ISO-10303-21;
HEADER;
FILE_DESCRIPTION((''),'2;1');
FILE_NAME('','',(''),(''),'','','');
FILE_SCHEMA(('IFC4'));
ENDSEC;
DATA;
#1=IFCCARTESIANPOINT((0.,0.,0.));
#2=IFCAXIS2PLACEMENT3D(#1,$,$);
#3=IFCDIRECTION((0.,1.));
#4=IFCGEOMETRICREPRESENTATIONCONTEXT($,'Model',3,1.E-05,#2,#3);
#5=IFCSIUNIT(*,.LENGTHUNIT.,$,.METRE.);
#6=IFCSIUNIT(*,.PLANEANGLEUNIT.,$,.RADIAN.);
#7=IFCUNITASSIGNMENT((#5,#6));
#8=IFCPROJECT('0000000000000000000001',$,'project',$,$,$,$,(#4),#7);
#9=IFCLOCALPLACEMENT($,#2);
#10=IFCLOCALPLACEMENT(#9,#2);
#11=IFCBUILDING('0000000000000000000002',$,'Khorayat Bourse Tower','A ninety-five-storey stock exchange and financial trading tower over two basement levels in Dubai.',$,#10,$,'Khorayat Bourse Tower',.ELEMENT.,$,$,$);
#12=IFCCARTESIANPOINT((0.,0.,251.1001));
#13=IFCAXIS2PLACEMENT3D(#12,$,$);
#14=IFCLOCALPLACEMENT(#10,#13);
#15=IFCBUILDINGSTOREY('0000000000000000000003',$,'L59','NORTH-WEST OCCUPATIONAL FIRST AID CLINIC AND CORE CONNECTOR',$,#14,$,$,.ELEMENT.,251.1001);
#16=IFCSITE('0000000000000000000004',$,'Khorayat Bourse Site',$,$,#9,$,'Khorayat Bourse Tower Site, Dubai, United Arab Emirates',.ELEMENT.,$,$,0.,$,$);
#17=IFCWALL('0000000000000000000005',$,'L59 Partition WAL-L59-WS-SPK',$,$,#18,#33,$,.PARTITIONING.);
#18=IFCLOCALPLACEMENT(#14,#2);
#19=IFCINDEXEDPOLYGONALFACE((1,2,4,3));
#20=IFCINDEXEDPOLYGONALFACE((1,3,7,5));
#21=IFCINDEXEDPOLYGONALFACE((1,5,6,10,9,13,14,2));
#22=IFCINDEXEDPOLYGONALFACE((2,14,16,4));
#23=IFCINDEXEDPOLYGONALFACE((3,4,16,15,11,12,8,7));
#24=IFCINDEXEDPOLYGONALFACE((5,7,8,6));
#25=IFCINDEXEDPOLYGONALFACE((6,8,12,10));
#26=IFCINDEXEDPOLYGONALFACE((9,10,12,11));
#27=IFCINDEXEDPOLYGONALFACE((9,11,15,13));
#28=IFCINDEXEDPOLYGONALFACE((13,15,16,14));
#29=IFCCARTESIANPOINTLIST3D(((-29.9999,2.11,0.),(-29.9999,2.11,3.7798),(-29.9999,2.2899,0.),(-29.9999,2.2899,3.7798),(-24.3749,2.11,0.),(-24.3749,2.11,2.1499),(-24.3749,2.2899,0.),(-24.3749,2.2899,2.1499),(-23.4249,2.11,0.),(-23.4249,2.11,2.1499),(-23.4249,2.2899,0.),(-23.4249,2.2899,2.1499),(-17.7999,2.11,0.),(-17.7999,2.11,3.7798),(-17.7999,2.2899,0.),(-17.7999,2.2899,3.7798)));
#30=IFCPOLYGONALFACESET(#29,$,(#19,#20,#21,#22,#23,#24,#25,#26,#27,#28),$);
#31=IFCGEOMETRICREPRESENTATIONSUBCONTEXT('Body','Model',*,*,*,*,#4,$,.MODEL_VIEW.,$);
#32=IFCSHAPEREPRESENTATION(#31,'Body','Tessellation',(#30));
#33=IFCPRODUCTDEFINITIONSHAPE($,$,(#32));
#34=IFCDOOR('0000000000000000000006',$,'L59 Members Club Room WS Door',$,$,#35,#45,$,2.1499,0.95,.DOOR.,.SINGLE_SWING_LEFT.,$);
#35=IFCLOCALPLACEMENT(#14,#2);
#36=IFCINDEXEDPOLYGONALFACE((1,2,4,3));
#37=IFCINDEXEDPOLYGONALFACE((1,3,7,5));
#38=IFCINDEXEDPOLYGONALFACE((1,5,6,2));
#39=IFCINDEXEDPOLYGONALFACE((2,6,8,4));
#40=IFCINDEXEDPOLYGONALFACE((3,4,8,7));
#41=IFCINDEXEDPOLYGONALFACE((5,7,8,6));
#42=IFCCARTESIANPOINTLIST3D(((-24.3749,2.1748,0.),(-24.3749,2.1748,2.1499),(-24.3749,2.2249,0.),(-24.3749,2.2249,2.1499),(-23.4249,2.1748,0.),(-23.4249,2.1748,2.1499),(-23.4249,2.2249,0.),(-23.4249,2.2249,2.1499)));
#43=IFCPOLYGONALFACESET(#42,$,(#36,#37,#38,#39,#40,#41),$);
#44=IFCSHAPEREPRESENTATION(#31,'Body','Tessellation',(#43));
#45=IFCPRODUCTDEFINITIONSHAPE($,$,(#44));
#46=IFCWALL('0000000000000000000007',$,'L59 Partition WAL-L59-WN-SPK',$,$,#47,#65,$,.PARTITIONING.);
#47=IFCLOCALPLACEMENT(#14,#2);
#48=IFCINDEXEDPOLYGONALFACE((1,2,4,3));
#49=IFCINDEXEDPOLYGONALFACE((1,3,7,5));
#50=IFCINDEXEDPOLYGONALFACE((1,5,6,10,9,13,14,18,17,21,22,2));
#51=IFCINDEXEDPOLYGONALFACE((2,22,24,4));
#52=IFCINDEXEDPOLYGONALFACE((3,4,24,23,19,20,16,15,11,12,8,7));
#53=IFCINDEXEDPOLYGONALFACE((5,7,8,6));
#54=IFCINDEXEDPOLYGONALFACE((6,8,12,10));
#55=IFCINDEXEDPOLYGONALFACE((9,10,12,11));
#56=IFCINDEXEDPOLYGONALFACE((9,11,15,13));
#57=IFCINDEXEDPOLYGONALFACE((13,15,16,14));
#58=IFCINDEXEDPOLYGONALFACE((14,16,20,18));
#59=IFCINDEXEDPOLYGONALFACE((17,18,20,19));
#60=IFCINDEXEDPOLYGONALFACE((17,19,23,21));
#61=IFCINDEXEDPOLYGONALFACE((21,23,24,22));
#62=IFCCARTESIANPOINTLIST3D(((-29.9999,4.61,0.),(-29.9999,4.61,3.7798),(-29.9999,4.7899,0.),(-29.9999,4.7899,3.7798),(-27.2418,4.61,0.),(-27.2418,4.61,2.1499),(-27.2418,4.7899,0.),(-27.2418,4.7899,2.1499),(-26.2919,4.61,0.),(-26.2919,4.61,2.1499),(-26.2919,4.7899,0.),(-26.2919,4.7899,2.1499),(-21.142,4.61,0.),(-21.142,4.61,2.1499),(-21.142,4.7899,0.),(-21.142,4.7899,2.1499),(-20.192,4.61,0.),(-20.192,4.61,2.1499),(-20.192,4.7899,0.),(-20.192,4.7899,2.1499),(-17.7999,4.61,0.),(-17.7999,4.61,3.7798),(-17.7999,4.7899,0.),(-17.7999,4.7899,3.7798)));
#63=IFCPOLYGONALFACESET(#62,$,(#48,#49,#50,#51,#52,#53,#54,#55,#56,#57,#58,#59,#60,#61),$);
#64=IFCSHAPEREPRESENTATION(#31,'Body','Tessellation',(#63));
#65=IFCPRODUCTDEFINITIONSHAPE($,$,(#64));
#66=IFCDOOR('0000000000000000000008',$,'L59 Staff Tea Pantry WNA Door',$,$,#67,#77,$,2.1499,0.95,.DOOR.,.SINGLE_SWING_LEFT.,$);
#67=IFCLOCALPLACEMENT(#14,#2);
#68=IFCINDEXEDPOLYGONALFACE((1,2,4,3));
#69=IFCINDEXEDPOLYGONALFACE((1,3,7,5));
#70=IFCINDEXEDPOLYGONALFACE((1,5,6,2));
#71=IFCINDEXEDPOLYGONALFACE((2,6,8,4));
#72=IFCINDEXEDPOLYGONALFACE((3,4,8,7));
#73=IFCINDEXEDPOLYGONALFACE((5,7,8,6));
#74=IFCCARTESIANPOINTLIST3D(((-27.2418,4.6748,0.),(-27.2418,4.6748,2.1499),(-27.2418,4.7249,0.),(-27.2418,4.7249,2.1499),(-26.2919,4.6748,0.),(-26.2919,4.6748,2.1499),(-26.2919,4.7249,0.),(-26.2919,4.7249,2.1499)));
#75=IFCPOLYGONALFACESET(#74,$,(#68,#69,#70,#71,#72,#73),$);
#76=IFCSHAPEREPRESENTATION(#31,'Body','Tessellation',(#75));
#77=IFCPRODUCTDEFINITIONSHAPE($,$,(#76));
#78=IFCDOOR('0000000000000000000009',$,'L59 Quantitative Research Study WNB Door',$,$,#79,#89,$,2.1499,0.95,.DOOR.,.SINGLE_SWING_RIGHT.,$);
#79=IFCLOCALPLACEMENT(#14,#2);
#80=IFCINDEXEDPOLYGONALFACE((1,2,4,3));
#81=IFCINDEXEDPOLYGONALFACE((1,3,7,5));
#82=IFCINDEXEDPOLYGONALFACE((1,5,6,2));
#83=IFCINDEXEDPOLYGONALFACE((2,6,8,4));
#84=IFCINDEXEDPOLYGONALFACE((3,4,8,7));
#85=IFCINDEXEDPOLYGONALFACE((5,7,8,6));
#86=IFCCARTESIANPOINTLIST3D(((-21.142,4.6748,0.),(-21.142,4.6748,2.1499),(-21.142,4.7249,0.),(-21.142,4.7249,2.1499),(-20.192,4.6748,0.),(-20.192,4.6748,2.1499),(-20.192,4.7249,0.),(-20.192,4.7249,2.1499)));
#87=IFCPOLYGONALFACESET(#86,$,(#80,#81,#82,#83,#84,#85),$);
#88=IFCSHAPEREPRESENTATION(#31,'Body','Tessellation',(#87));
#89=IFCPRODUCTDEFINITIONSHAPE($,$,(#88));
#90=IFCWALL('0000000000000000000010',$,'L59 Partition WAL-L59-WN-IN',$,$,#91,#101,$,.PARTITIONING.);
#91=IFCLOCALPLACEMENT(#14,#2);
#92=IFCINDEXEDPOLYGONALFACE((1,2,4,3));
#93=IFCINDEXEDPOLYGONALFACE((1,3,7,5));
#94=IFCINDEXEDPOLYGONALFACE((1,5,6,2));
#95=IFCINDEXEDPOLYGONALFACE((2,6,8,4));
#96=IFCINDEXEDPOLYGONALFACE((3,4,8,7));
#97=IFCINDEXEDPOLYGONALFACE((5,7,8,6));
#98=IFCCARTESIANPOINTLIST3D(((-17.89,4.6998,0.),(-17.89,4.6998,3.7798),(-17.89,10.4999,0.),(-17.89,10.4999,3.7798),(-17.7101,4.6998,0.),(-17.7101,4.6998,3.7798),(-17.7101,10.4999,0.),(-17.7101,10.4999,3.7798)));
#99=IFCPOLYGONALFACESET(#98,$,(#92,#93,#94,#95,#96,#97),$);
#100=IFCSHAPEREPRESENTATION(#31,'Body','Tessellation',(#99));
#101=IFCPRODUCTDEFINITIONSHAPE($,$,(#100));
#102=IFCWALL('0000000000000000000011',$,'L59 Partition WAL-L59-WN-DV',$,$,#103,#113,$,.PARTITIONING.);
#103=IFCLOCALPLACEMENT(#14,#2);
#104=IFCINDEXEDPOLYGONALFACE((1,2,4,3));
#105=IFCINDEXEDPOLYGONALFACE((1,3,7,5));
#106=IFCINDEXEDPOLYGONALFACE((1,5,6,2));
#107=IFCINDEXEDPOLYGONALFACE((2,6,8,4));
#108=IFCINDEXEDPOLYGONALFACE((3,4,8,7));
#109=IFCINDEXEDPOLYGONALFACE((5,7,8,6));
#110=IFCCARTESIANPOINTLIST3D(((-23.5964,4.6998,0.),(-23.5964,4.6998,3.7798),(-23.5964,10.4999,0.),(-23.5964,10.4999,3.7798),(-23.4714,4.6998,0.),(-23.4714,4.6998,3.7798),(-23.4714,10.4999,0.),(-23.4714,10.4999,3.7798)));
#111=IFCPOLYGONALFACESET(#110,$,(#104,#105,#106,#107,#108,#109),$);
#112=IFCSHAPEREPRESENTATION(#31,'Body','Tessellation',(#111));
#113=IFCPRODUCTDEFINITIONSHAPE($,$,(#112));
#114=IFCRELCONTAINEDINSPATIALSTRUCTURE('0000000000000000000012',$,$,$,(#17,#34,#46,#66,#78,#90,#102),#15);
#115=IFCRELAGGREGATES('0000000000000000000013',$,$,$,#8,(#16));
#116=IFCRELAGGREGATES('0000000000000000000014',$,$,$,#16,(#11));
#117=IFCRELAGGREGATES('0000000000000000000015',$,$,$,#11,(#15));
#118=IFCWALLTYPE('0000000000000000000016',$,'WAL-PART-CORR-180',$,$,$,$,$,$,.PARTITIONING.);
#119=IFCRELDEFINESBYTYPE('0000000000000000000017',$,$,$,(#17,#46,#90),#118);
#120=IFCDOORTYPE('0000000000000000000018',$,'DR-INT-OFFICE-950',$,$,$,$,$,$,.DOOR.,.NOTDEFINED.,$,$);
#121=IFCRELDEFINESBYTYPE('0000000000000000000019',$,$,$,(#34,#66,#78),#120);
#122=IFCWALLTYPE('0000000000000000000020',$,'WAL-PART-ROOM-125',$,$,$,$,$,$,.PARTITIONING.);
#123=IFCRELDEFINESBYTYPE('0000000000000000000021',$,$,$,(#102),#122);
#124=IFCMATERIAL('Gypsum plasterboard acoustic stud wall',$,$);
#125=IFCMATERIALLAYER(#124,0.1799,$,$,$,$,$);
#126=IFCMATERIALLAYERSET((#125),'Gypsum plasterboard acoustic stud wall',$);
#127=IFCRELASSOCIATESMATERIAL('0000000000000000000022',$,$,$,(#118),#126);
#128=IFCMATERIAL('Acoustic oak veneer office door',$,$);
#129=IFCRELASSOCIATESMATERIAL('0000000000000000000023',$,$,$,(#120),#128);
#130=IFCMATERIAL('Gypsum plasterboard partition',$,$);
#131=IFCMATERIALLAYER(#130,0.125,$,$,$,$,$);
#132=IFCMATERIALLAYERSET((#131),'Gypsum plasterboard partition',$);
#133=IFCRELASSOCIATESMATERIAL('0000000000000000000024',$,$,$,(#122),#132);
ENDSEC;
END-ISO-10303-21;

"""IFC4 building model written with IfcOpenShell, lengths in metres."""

from ifc_helpers import new_model, si_unit, direction, frame, frame_2d, origin, place, context, subcontext, project, spatial, rectangle, extrude, source, transform, mapped, material, layer, layer_set, type_object, element, fill, save


model = new_model("IFC4")

# Units and contexts
model_context = context("Model", 3, precision=1e-05, world=origin(), true_north=direction((0.0, 1.0)))
body_context = subcontext(model_context, "Body", "Model", "MODEL_VIEW")
ifc_project = project(units=[si_unit("LENGTHUNIT", "METRE"), si_unit("PLANEANGLEUNIT", "RADIAN")], contexts=[model_context])

# Site, building, storey
site_placement = place(None, origin())
site = spatial("IfcSite", under=ifc_project, at=site_placement, Name="Khorayat Bourse Site", LongName="Khorayat Bourse Tower Site, Dubai, United Arab Emirates", CompositionType="ELEMENT", RefElevation=0.0)
building_placement = place(site_placement, origin())
building = spatial("IfcBuilding", under=site, at=building_placement, Name="Khorayat Bourse Tower", Description="A ninety-five-storey stock exchange and financial trading tower over two basement levels in Dubai.", LongName="Khorayat Bourse Tower", CompositionType="ELEMENT")
storey_placement = place(building_placement, frame((0.0, 0.0, 251.1001)))
storey = spatial("IfcBuildingStorey", under=building, at=storey_placement, Name="L59", Description="NORTH-WEST OCCUPATIONAL FIRST AID CLINIC AND CORE CONNECTOR", CompositionType="ELEMENT", Elevation=251.1001)

# Shared definitions
ifc_material_1 = material(Name="Gypsum plasterboard acoustic stud wall")
ifc_layer_1 = layer(ifc_material_1, 0.1799)
ifc_layer_set_1 = layer_set([ifc_layer_1], Name="Gypsum plasterboard acoustic stud wall")
wall_type_1 = type_object("IfcWallType", Name="WAL-PART-CORR-180", PredefinedType="PARTITIONING", material=ifc_layer_set_1)

# Wall, opening, door
shared_shape_1 = source(origin(), body_context, "Body", "SweptSolid", [
    extrude(rectangle(XDim=12.2, YDim=0.1799, at=frame_2d((6.1001, 0.0))), origin(), (0.0, 0.0, 1.0), 3.7798),
])
wall_1_placement = place(storey_placement, frame((-30.0, 2.2, 0.0), z_axis=(0.0, 0.0, 1.0), x_axis=(1.0, 0.0, 0.0)))
wall_1 = element("IfcWall", 1, at=wall_1_placement, inside=storey, type_object=wall_type_1, Name="L59 Partition WAL-L59-WS-SPK", PredefinedType="PARTITIONING", context=body_context, shape_type="MappedRepresentation", body=[
    mapped(shared_shape_1, transform((0.0, 0.0, 0.0), scale=1.0)),
])
shared_shape_2 = source(origin(), body_context, "Body", "SweptSolid", [
    extrude(rectangle(XDim=0.95, YDim=2.1499, at=frame_2d((0.4751, 1.075))), frame((0.0, 0.0999, 0.0), z_axis=(0.0, -1.0, 0.0), x_axis=(1.0, 0.0, 0.0)), (0.0, 0.0, 1.0), 0.2),
])
opening_1_placement = place(wall_1_placement, frame((5.625, 0.0, 0.0)))
opening_1 = element("IfcOpeningElement", 2, at=opening_1_placement, cuts=wall_1, PredefinedType="OPENING", context=body_context, shape_type="MappedRepresentation", body=[
    mapped(shared_shape_2, transform((0.0, 0.0, 0.0), scale=1.0)),
])
ifc_material_2 = material(Name="Acoustic oak veneer office door")
door_type = type_object("IfcDoorType", Name="DR-INT-OFFICE-950", OperationType="NOTDEFINED", PredefinedType="DOOR", material=ifc_material_2)
shared_shape_3 = source(origin(), body_context, "Body", "SweptSolid", [
    extrude(rectangle(XDim=0.95, YDim=2.1499, at=frame_2d((0.4751, 1.075))), frame((0.0, 0.0249, 0.0), z_axis=(0.0, -1.0, 0.0), x_axis=(1.0, 0.0, 0.0)), (0.0, 0.0, 1.0), 0.05),
])
door_1_placement = place(opening_1_placement, origin())
door_1 = element("IfcDoor", 3, at=door_1_placement, inside=storey, type_object=door_type, Name="L59 Members Club Room WS Door", OperationType="SINGLE_SWING_LEFT", OverallHeight=2.1499, OverallWidth=0.95, PredefinedType="DOOR", context=body_context, shape_type="MappedRepresentation", body=[
    mapped(shared_shape_3, transform((0.0, 0.0, 0.0), scale=1.0)),
])
fill(opening_1, door_1)

# Wall, openings, doors
wall_2_placement = place(storey_placement, frame((-30.0, 4.7, 0.0), z_axis=(0.0, 0.0, 1.0), x_axis=(1.0, 0.0, 0.0)))
wall_2 = element("IfcWall", 4, at=wall_2_placement, inside=storey, type_object=wall_type_1, Name="L59 Partition WAL-L59-WN-SPK", PredefinedType="PARTITIONING", context=body_context, shape_type="MappedRepresentation", body=[
    mapped(shared_shape_1, transform((0.0, 0.0, 0.0), scale=1.0)),
])
opening_2_placement = place(wall_2_placement, frame((2.7581, 0.0, 0.0)))
opening_2 = element("IfcOpeningElement", 5, at=opening_2_placement, cuts=wall_2, PredefinedType="OPENING", context=body_context, shape_type="MappedRepresentation", body=[
    mapped(shared_shape_2, transform((0.0, 0.0, 0.0), scale=1.0)),
])
opening_3_placement = place(wall_2_placement, frame((8.8579, 0.0, 0.0)))
opening_3 = element("IfcOpeningElement", 6, at=opening_3_placement, cuts=wall_2, PredefinedType="OPENING", context=body_context, shape_type="MappedRepresentation", body=[
    mapped(shared_shape_2, transform((0.0, 0.0, 0.0), scale=1.0)),
])
door_2_placement = place(opening_2_placement, origin())
door_2 = element("IfcDoor", 7, at=door_2_placement, inside=storey, type_object=door_type, Name="L59 Staff Tea Pantry WNA Door", OperationType="SINGLE_SWING_LEFT", OverallHeight=2.1499, OverallWidth=0.95, PredefinedType="DOOR", context=body_context, shape_type="MappedRepresentation", body=[
    mapped(shared_shape_3, transform((0.0, 0.0, 0.0), scale=1.0)),
])
fill(opening_2, door_2)
door_3_placement = place(opening_3_placement, origin())
door_3 = element("IfcDoor", 8, at=door_3_placement, inside=storey, type_object=door_type, Name="L59 Quantitative Research Study WNB Door", OperationType="SINGLE_SWING_RIGHT", OverallHeight=2.1499, OverallWidth=0.95, PredefinedType="DOOR", context=body_context, shape_type="MappedRepresentation", body=[
    mapped(shared_shape_3, transform((0.0, 0.0, 0.0), scale=1.0)),
])
fill(opening_3, door_3)

# Walls
shared_shape_4 = source(origin(), body_context, "Body", "SweptSolid", [
    extrude(rectangle(XDim=5.8, YDim=0.1799, at=frame_2d((2.8999, 0.0))), origin(), (0.0, 0.0, 1.0), 3.7798),
])
wall_3_placement = place(storey_placement, frame((-17.8, 4.7, 0.0), z_axis=(0.0, 0.0, 1.0), x_axis=(0.0, 1.0, 0.0)))
element("IfcWall", 9, at=wall_3_placement, inside=storey, type_object=wall_type_1, Name="L59 Partition WAL-L59-WN-IN", PredefinedType="PARTITIONING", context=body_context, shape_type="MappedRepresentation", body=[
    mapped(shared_shape_4, transform((0.0, 0.0, 0.0), scale=1.0)),
])
ifc_material_3 = material(Name="Gypsum plasterboard partition")
ifc_layer_2 = layer(ifc_material_3, 0.125)
ifc_layer_set_2 = layer_set([ifc_layer_2], Name="Gypsum plasterboard partition")
wall_type_2 = type_object("IfcWallType", Name="WAL-PART-ROOM-125", PredefinedType="PARTITIONING", material=ifc_layer_set_2)
shared_shape_5 = source(origin(), body_context, "Body", "SweptSolid", [
    extrude(rectangle(XDim=5.8, YDim=0.125, at=frame_2d((2.8999, 0.0))), origin(), (0.0, 0.0, 1.0), 3.7798),
])
wall_4_placement = place(storey_placement, frame((-23.5339, 4.7, 0.0), z_axis=(0.0, 0.0, 1.0), x_axis=(0.0, 1.0, 0.0)))
element("IfcWall", 10, at=wall_4_placement, inside=storey, type_object=wall_type_2, Name="L59 Partition WAL-L59-WN-DV", PredefinedType="PARTITIONING", context=body_context, shape_type="MappedRepresentation", body=[
    mapped(shared_shape_5, transform((0.0, 0.0, 0.0), scale=1.0)),
])

save(model, "model.ifc")
